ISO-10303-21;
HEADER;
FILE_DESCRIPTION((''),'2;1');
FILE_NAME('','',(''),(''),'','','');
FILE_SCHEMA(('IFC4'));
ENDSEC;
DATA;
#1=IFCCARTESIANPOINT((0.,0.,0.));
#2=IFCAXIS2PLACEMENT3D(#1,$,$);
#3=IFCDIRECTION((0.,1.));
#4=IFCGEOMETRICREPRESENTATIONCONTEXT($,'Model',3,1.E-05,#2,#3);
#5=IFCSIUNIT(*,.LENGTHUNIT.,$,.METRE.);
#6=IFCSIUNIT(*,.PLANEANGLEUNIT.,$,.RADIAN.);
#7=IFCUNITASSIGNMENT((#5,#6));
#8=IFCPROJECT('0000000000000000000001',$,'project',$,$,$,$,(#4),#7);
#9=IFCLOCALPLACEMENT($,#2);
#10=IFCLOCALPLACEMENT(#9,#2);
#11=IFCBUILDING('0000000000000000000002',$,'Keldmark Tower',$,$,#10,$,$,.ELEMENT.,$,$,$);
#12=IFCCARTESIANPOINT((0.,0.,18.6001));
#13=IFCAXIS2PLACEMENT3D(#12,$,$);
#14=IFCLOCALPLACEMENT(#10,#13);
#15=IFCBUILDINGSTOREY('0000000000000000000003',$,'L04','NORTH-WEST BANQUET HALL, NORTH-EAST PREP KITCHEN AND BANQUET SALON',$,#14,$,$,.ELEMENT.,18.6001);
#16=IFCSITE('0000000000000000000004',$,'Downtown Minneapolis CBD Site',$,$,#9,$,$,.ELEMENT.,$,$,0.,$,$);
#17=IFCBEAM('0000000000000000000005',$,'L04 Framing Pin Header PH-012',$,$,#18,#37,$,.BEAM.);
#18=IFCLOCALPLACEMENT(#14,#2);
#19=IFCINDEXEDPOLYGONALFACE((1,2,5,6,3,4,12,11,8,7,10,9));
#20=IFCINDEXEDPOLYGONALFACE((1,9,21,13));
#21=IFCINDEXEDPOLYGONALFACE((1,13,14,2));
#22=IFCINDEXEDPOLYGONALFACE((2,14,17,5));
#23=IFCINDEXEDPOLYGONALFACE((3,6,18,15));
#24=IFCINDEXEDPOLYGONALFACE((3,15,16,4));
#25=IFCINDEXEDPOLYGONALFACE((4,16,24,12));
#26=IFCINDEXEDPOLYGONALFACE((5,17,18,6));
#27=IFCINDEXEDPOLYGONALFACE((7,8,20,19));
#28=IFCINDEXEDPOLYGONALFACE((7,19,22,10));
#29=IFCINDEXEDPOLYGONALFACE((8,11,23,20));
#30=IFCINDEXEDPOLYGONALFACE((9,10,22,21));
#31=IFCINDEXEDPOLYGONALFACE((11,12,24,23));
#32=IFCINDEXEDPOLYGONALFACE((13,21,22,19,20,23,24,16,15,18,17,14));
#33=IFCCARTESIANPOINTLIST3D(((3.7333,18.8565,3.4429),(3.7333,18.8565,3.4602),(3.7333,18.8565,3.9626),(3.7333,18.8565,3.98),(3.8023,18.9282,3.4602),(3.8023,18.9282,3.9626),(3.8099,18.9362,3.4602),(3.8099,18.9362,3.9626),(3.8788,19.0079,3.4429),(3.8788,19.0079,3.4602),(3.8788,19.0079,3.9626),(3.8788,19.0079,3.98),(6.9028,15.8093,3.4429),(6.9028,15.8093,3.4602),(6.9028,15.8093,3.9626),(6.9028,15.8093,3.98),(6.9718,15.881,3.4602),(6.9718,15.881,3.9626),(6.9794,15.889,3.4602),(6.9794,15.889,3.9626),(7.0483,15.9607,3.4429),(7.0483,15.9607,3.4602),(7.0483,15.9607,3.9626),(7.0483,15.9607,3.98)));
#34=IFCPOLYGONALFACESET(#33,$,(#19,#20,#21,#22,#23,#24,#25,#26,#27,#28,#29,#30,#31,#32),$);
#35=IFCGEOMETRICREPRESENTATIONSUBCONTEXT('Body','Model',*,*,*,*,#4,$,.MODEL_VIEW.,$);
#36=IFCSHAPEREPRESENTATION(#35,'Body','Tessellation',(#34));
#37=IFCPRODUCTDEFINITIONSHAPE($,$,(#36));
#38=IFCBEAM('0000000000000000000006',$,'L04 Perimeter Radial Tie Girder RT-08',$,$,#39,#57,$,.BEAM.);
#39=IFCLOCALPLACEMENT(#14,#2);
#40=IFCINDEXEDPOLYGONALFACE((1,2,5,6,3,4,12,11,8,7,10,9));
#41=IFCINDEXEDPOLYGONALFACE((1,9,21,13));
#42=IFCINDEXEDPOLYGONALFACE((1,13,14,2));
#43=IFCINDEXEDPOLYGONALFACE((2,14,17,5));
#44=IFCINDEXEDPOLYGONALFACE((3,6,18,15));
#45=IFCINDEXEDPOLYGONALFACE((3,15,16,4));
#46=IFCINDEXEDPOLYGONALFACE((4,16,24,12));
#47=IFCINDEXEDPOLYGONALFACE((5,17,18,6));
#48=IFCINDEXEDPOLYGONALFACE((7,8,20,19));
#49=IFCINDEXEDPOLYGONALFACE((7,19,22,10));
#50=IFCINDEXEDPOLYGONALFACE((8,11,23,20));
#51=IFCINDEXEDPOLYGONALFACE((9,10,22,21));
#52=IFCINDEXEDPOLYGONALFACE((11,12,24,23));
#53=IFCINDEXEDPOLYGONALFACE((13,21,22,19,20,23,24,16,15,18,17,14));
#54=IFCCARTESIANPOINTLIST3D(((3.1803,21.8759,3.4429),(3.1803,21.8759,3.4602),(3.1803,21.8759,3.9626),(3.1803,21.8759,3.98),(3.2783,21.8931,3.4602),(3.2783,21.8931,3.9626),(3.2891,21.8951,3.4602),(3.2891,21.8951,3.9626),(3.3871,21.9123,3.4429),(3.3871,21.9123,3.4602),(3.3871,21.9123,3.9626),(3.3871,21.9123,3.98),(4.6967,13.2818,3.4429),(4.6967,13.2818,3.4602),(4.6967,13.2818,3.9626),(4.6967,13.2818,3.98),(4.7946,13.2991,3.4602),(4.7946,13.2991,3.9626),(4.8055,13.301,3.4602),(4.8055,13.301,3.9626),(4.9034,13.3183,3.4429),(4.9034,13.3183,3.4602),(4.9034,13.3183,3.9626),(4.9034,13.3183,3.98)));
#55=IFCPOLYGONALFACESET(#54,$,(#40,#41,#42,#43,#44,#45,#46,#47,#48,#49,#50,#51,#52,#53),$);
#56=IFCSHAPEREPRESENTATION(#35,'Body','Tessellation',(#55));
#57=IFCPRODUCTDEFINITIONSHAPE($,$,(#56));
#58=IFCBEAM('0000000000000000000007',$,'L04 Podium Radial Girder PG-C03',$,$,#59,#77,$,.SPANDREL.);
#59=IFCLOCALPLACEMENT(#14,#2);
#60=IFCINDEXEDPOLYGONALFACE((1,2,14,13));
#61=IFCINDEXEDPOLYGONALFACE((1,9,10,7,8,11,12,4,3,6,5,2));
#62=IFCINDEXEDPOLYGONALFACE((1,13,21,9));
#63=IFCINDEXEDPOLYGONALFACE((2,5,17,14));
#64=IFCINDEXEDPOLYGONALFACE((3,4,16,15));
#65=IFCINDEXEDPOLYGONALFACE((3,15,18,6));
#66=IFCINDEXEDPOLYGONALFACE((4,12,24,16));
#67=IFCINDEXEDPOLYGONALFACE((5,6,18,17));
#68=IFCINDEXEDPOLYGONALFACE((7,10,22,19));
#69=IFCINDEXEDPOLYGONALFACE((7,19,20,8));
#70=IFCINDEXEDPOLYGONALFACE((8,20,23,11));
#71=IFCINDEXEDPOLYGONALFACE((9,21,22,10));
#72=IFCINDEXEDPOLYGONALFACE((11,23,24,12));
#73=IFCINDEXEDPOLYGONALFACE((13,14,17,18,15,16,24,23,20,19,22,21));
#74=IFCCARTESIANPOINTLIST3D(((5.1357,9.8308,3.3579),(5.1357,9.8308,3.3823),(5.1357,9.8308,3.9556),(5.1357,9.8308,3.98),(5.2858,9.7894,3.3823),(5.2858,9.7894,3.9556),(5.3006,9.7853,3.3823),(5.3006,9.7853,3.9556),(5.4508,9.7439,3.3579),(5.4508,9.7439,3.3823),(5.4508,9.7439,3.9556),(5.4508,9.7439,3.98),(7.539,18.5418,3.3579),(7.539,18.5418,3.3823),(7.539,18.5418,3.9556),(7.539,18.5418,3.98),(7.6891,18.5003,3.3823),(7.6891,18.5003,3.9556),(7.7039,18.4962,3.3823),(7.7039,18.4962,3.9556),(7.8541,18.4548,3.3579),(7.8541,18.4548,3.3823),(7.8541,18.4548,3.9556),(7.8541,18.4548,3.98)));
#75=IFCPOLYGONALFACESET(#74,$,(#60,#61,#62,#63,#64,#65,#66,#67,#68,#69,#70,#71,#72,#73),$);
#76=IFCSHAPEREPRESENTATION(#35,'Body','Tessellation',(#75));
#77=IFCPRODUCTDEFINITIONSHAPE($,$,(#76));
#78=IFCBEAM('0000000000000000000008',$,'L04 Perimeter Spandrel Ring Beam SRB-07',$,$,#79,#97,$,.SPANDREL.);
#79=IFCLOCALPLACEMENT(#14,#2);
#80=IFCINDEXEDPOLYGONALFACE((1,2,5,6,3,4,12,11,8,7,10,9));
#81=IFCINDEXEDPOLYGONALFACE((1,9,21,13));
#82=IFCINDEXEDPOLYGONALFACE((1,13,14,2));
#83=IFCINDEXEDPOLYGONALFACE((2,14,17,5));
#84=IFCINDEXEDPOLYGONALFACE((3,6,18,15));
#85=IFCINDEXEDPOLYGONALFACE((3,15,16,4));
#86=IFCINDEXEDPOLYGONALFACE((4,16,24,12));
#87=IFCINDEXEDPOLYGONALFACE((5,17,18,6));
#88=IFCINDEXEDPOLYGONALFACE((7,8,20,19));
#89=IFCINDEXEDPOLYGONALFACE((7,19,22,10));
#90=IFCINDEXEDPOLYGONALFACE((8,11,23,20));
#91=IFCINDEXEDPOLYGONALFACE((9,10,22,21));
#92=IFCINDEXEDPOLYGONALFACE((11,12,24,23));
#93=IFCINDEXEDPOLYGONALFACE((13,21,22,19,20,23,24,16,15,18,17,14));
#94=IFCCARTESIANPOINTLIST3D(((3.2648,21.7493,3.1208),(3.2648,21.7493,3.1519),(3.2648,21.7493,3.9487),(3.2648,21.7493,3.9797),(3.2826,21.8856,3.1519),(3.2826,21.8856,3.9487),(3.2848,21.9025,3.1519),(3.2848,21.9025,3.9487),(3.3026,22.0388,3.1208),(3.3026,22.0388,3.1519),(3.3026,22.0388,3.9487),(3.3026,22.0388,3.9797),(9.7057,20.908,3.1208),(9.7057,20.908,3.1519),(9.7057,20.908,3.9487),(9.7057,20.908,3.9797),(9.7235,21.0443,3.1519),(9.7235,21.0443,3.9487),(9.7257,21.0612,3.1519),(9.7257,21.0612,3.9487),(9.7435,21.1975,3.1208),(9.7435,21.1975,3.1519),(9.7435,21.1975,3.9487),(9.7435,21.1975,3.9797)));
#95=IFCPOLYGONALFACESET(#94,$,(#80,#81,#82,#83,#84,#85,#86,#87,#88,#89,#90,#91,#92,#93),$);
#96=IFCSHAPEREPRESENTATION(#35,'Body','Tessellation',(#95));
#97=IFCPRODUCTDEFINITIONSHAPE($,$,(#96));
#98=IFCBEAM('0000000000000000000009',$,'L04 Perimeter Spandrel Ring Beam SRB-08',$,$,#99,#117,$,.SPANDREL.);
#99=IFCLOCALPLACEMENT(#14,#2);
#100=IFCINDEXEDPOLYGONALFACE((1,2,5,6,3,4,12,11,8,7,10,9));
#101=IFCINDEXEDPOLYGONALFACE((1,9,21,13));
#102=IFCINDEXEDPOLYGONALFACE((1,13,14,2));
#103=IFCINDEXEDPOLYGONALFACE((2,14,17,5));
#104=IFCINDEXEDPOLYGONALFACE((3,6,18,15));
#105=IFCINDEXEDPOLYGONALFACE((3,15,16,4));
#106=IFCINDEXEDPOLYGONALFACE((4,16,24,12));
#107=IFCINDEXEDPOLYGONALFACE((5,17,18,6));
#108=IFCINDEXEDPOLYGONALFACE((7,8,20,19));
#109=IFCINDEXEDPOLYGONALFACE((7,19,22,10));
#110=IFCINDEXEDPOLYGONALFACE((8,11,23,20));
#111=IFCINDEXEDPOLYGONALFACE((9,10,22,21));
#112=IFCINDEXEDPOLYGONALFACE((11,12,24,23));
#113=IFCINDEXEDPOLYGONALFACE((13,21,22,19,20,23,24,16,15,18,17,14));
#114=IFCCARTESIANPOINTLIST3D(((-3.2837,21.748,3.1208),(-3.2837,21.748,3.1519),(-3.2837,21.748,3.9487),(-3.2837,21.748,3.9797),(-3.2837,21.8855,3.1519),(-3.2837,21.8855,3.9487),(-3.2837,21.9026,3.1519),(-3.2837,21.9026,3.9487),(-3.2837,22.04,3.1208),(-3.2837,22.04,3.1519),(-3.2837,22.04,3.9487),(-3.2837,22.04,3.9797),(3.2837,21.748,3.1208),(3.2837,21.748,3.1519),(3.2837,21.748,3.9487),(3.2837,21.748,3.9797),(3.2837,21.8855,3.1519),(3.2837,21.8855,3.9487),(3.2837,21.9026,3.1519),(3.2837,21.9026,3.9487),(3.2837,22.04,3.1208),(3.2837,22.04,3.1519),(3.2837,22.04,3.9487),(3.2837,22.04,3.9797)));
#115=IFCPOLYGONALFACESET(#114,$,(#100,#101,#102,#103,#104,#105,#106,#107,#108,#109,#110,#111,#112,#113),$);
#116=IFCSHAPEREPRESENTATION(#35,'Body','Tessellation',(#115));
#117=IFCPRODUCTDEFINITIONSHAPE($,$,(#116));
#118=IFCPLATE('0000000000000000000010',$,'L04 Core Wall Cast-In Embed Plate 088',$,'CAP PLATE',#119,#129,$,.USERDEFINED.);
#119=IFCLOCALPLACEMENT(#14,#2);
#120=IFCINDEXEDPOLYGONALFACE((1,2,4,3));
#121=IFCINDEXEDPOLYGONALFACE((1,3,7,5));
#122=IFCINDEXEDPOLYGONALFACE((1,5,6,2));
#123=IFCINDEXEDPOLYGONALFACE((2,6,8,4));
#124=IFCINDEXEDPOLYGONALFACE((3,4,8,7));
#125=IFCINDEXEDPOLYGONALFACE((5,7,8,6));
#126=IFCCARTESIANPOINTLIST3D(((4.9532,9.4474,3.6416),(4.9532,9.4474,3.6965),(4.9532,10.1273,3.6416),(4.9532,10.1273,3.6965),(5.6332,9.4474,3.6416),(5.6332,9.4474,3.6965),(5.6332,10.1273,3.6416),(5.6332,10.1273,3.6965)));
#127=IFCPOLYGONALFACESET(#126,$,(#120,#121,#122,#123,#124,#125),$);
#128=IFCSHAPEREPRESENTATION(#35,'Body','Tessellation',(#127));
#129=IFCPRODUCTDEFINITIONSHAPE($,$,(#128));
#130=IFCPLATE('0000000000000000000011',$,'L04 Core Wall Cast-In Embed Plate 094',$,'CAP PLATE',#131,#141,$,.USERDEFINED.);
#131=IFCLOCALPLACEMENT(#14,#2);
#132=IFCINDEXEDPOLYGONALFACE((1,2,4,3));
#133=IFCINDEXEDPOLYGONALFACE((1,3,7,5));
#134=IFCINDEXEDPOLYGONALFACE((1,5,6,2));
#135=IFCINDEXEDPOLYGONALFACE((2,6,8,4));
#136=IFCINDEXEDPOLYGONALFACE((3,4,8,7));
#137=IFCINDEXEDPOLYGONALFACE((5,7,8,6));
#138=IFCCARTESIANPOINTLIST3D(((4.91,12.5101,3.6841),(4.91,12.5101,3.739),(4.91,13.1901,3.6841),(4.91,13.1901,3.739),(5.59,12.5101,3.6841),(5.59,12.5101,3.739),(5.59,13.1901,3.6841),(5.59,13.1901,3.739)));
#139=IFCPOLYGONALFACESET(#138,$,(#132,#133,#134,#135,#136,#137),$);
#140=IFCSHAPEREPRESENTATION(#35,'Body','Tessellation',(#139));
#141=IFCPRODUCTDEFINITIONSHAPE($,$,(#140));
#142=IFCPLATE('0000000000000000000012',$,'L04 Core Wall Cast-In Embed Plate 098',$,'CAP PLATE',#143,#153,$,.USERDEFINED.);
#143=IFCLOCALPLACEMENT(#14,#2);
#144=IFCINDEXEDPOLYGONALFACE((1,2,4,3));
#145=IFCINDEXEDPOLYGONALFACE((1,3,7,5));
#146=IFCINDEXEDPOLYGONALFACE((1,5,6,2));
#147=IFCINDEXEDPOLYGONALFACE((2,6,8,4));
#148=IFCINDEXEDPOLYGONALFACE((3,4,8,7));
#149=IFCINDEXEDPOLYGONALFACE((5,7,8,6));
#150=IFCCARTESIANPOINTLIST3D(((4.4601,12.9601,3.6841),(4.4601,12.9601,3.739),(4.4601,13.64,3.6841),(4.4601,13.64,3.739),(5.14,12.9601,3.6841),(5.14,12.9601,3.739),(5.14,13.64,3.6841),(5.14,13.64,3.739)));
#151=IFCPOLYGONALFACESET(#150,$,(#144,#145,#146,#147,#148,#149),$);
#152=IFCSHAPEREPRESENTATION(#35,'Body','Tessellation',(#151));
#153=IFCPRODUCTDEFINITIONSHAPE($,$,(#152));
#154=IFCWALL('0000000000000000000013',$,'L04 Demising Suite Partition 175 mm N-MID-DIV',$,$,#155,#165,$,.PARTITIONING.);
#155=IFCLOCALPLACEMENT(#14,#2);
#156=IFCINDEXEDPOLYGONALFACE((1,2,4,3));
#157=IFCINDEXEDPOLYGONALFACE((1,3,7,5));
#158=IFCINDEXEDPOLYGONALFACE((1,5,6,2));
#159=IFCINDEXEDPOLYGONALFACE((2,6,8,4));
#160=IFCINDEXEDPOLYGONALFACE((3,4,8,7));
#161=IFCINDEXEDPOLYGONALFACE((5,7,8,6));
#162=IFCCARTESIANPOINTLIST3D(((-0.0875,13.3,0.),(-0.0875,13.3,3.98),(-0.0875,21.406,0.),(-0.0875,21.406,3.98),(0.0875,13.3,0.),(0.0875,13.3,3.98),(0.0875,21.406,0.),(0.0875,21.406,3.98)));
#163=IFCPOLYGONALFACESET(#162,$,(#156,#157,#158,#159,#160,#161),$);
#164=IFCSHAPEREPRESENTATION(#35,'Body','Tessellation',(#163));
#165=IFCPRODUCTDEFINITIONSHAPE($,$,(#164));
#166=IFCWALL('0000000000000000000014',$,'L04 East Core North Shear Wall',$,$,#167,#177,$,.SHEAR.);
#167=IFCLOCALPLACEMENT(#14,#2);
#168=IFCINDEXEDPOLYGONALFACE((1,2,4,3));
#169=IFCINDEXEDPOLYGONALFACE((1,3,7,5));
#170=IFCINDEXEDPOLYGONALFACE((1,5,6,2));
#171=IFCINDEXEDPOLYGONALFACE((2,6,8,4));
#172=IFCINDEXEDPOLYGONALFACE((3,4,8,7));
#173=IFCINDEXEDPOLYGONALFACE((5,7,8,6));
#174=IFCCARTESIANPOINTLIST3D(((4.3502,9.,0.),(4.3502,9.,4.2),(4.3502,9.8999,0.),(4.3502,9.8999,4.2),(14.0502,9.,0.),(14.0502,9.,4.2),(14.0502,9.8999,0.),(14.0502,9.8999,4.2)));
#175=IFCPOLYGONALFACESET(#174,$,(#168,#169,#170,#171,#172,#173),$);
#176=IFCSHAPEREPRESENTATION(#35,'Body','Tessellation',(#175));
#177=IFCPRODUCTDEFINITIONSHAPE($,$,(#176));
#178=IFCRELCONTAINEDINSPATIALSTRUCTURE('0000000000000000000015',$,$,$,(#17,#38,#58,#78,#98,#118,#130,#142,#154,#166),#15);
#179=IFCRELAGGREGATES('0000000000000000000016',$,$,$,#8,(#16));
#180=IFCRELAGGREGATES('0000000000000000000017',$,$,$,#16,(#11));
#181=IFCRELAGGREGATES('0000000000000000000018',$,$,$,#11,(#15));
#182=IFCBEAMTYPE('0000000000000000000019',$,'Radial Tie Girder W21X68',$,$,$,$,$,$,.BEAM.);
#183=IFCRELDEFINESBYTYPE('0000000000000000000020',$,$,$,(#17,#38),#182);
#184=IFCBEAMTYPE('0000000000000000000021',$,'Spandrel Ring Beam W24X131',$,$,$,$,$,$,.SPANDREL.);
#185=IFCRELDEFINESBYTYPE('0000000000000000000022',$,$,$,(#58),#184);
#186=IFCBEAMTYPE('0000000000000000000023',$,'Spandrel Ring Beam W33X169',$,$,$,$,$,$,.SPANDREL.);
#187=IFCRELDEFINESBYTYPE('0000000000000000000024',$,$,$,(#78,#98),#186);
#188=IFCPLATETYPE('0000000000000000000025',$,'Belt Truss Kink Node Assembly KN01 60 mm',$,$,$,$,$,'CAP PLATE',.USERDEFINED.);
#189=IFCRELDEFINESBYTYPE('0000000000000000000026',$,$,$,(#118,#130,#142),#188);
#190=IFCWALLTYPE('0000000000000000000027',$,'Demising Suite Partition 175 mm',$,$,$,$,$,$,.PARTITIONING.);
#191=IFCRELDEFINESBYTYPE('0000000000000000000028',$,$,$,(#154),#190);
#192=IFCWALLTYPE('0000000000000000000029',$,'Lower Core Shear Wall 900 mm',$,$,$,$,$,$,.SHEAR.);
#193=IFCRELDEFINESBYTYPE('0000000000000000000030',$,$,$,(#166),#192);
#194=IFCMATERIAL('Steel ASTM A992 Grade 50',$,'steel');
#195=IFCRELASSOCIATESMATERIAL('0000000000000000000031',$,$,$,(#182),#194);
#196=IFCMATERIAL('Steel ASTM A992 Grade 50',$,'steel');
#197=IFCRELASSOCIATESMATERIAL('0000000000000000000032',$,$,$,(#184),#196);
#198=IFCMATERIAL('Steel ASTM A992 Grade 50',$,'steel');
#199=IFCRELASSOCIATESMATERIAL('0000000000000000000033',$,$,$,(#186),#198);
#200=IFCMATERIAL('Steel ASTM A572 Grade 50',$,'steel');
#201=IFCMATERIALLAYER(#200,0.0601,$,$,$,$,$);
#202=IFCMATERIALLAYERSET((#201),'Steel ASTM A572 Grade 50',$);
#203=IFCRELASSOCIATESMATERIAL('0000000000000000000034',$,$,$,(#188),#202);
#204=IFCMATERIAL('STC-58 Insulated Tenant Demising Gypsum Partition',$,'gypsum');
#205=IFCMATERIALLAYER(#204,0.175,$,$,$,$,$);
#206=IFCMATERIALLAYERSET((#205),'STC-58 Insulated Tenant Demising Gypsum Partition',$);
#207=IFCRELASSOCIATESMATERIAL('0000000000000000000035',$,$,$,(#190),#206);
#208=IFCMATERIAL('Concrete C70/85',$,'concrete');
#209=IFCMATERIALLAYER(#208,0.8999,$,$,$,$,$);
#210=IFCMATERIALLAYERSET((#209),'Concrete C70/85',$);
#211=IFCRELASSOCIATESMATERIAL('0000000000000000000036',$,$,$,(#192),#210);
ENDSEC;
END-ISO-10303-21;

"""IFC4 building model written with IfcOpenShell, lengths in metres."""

from ifc_helpers import new_model, si_unit, direction, frame, frame_2d, origin, origin_2d, place, context, subcontext, project, spatial, rectangle, i_section, extrude, material, layer, layer_set, material_profile, profile_set, type_object, element, save


model = new_model("IFC4")

# Units and contexts
model_context = context("Model", 3, precision=1e-05, world=origin(), true_north=direction((0.0, 1.0)))
body_context = subcontext(model_context, "Body", "Model", "MODEL_VIEW")
ifc_project = project(units=[si_unit("LENGTHUNIT", "METRE"), si_unit("PLANEANGLEUNIT", "RADIAN")], contexts=[model_context])

# Site, building, storey
site_placement = place(None, origin())
site = spatial("IfcSite", under=ifc_project, at=site_placement, Name="Downtown Minneapolis CBD Site", CompositionType="ELEMENT", RefElevation=0.0)
building_placement = place(site_placement, origin())
building = spatial("IfcBuilding", under=site, at=building_placement, Name="Keldmark Tower", CompositionType="ELEMENT")
storey_placement = place(building_placement, frame((0.0, 0.0, 18.6001)))
storey = spatial("IfcBuildingStorey", under=building, at=storey_placement, Name="L04", Description="NORTH-WEST BANQUET HALL, NORTH-EAST PREP KITCHEN AND BANQUET SALON", CompositionType="ELEMENT", Elevation=18.6001)

# Beams
ifc_material_1 = material(Name="Steel ASTM A992 Grade 50", Category="steel")
ifc_material_profile_1 = material_profile(ifc_material_1, i_section(OverallWidth=0.21, OverallDepth=0.5371, WebThickness=0.011, FlangeThickness=0.0173, at=origin_2d()), Name="W21X68")
ifc_profile_set_1 = profile_set([ifc_material_profile_1], Name="Steel ASTM A992 Grade 50")
beam_type_1 = type_object("IfcBeamType", Name="Radial Tie Girder W21X68", PredefinedType="BEAM", material=ifc_profile_set_1)
beam_1_placement = place(storey_placement, frame((6.9756, 15.885, 3.7114), z_axis=(-0.72088, 0.69306, 0.0), x_axis=(-0.69306, -0.72088, 0.0)))
element("IfcBeam", 1, at=beam_1_placement, inside=storey, type_object=beam_type_1, Name="L04 Framing Pin Header PH-012", PredefinedType="BEAM", context=body_context, shape_type="SweptSolid", body=[
    extrude(i_section(OverallWidth=0.21, OverallDepth=0.5371, WebThickness=0.011, FlangeThickness=0.0173, at=origin_2d()), origin(), (0.0, 0.0, 1.0), 4.3967),
])
beam_2_placement = place(storey_placement, frame((4.8, 13.3, 3.7114), z_axis=(-0.17376, 0.984788, 0.0), x_axis=(-0.984788, -0.17376, 0.0)))
element("IfcBeam", 2, at=beam_2_placement, inside=storey, type_object=beam_type_1, Name="L04 Perimeter Radial Tie Girder RT-08", PredefinedType="BEAM", context=body_context, shape_type="SweptSolid", body=[
    extrude(i_section(OverallWidth=0.21, OverallDepth=0.5371, WebThickness=0.011, FlangeThickness=0.0173, at=origin_2d()), origin(), (0.0, 0.0, 1.0), 8.7268),
])
ifc_material_2 = material(Name="Steel ASTM A992 Grade 50", Category="steel")
ifc_material_profile_2 = material_profile(ifc_material_2, i_section(OverallWidth=0.3269, OverallDepth=0.6221, WebThickness=0.0154, FlangeThickness=0.0244, at=origin_2d()), Name="W24X131")
ifc_profile_set_2 = profile_set([ifc_material_profile_2], Name="Steel ASTM A992 Grade 50")
beam_type_2 = type_object("IfcBeamType", Name="Spandrel Ring Beam W24X131", PredefinedType="SPANDREL", material=ifc_profile_set_2)
beam_3_placement = place(storey_placement, frame((7.6965, 18.4983, 3.6689), z_axis=(-0.26596, -0.963984, 0.0), x_axis=(0.963984, -0.26596, 0.0)))
element("IfcBeam", 3, at=beam_3_placement, inside=storey, type_object=beam_type_2, Name="L04 Podium Radial Girder PG-C03", PredefinedType="SPANDREL", context=body_context, shape_type="SweptSolid", body=[
    extrude(i_section(OverallWidth=0.3269, OverallDepth=0.6221, WebThickness=0.0154, FlangeThickness=0.0244, at=origin_2d()), origin(), (0.0, 0.0, 1.0), 9.0364),
])
ifc_material_3 = material(Name="Steel ASTM A992 Grade 50", Category="steel")
ifc_material_profile_3 = material_profile(ifc_material_3, i_section(OverallWidth=0.292, OverallDepth=0.8589, WebThickness=0.0171, FlangeThickness=0.031, at=origin_2d()), Name="W33X169")
ifc_profile_set_3 = profile_set([ifc_material_profile_3], Name="Steel ASTM A992 Grade 50")
beam_type_3 = type_object("IfcBeamType", Name="Spandrel Ring Beam W33X169", PredefinedType="SPANDREL", material=ifc_profile_set_3)
beam_4_placement = place(storey_placement, frame((9.7246, 21.0527, 3.5503), z_axis=(-0.991577, 0.129519, 0.0), x_axis=(-0.129519, -0.991577, 0.0)))
element("IfcBeam", 4, at=beam_4_placement, inside=storey, type_object=beam_type_3, Name="L04 Perimeter Spandrel Ring Beam SRB-07", PredefinedType="SPANDREL", context=body_context, shape_type="SweptSolid", body=[
    extrude(i_section(OverallWidth=0.292, OverallDepth=0.8589, WebThickness=0.0171, FlangeThickness=0.031, at=origin_2d()), origin(), (0.0, 0.0, 1.0), 6.4956),
])
beam_5_placement = place(storey_placement, frame((3.2837, 21.894, 3.5503), z_axis=(-1.0, 0.0, 0.0), x_axis=(0.0, -1.0, 0.0)))
element("IfcBeam", 5, at=beam_5_placement, inside=storey, type_object=beam_type_3, Name="L04 Perimeter Spandrel Ring Beam SRB-08", PredefinedType="SPANDREL", context=body_context, shape_type="SweptSolid", body=[
    extrude(i_section(OverallWidth=0.292, OverallDepth=0.8589, WebThickness=0.0171, FlangeThickness=0.031, at=origin_2d()), origin(), (0.0, 0.0, 1.0), 6.5674),
])

# Plates
ifc_material_4 = material(Name="Steel ASTM A572 Grade 50", Category="steel")
ifc_layer_1 = layer(ifc_material_4, 0.0601)
ifc_layer_set_1 = layer_set([ifc_layer_1], Name="Steel ASTM A572 Grade 50")
plate_type = type_object("IfcPlateType", Name="Belt Truss Kink Node Assembly KN01 60 mm", ElementType="CAP PLATE", PredefinedType="USERDEFINED", material=ifc_layer_set_1)
for number, where, z_axis, x_axis, name in (
    (6, (5.2932, 9.7874, 3.6416), (0.0, 0.0, 1.0), (1.0, 0.0, 0.0), "L04 Core Wall Cast-In Embed Plate 088"),
    (7, (5.25, 12.8501, 3.6841), (0.0, 0.0, 1.0), (1.0, 0.0, 0.0), "L04 Core Wall Cast-In Embed Plate 094"),
    (8, (4.8, 13.3, 3.6841), (0.0, 0.0, 1.0), (1.0, 0.0, 0.0), "L04 Core Wall Cast-In Embed Plate 098"),
):
    element("IfcPlate", number, at=place(storey_placement, frame(where, z_axis=z_axis, x_axis=x_axis)), inside=storey, type_object=plate_type, Name=name, ObjectType="CAP PLATE", PredefinedType="USERDEFINED", context=body_context, shape_type="SweptSolid", body=[
        extrude(rectangle(XDim=0.6799, YDim=0.6799, at=origin_2d()), origin(), (0.0, 0.0, 1.0), 0.0549),
    ])

# Walls
ifc_material_5 = material(Name="STC-58 Insulated Tenant Demising Gypsum Partition", Category="gypsum")
ifc_layer_2 = layer(ifc_material_5, 0.175)
ifc_layer_set_2 = layer_set([ifc_layer_2], Name="STC-58 Insulated Tenant Demising Gypsum Partition")
wall_type_1 = type_object("IfcWallType", Name="Demising Suite Partition 175 mm", PredefinedType="PARTITIONING", material=ifc_layer_set_2)
wall_1_placement = place(storey_placement, frame((0.0, 13.3, 0.0), z_axis=(0.0, 0.0, 1.0), x_axis=(0.0, 1.0, 0.0)))
element("IfcWall", 9, at=wall_1_placement, inside=storey, type_object=wall_type_1, Name="L04 Demising Suite Partition 175 mm N-MID-DIV", PredefinedType="PARTITIONING", context=body_context, shape_type="SweptSolid", body=[
    extrude(rectangle(XDim=8.106, YDim=0.175, at=frame_2d((4.053, 0.0))), origin(), (0.0, 0.0, 1.0), 3.98),
])
ifc_material_6 = material(Name="Concrete C70/85", Category="concrete")
ifc_layer_3 = layer(ifc_material_6, 0.8999)
ifc_layer_set_3 = layer_set([ifc_layer_3], Name="Concrete C70/85")
wall_type_2 = type_object("IfcWallType", Name="Lower Core Shear Wall 900 mm", PredefinedType="SHEAR", material=ifc_layer_set_3)
wall_2_placement = place(storey_placement, frame((4.3501, 9.45, 0.0), z_axis=(0.0, 0.0, 1.0), x_axis=(1.0, 0.0, 0.0)))
element("IfcWall", 10, at=wall_2_placement, inside=storey, type_object=wall_type_2, Name="L04 East Core North Shear Wall", PredefinedType="SHEAR", context=body_context, shape_type="SweptSolid", body=[
    extrude(rectangle(XDim=9.7, YDim=0.8999, at=frame_2d((4.8501, 0.0))), origin(), (0.0, 0.0, 1.0), 4.2),
])

save(model, "model.ifc")
